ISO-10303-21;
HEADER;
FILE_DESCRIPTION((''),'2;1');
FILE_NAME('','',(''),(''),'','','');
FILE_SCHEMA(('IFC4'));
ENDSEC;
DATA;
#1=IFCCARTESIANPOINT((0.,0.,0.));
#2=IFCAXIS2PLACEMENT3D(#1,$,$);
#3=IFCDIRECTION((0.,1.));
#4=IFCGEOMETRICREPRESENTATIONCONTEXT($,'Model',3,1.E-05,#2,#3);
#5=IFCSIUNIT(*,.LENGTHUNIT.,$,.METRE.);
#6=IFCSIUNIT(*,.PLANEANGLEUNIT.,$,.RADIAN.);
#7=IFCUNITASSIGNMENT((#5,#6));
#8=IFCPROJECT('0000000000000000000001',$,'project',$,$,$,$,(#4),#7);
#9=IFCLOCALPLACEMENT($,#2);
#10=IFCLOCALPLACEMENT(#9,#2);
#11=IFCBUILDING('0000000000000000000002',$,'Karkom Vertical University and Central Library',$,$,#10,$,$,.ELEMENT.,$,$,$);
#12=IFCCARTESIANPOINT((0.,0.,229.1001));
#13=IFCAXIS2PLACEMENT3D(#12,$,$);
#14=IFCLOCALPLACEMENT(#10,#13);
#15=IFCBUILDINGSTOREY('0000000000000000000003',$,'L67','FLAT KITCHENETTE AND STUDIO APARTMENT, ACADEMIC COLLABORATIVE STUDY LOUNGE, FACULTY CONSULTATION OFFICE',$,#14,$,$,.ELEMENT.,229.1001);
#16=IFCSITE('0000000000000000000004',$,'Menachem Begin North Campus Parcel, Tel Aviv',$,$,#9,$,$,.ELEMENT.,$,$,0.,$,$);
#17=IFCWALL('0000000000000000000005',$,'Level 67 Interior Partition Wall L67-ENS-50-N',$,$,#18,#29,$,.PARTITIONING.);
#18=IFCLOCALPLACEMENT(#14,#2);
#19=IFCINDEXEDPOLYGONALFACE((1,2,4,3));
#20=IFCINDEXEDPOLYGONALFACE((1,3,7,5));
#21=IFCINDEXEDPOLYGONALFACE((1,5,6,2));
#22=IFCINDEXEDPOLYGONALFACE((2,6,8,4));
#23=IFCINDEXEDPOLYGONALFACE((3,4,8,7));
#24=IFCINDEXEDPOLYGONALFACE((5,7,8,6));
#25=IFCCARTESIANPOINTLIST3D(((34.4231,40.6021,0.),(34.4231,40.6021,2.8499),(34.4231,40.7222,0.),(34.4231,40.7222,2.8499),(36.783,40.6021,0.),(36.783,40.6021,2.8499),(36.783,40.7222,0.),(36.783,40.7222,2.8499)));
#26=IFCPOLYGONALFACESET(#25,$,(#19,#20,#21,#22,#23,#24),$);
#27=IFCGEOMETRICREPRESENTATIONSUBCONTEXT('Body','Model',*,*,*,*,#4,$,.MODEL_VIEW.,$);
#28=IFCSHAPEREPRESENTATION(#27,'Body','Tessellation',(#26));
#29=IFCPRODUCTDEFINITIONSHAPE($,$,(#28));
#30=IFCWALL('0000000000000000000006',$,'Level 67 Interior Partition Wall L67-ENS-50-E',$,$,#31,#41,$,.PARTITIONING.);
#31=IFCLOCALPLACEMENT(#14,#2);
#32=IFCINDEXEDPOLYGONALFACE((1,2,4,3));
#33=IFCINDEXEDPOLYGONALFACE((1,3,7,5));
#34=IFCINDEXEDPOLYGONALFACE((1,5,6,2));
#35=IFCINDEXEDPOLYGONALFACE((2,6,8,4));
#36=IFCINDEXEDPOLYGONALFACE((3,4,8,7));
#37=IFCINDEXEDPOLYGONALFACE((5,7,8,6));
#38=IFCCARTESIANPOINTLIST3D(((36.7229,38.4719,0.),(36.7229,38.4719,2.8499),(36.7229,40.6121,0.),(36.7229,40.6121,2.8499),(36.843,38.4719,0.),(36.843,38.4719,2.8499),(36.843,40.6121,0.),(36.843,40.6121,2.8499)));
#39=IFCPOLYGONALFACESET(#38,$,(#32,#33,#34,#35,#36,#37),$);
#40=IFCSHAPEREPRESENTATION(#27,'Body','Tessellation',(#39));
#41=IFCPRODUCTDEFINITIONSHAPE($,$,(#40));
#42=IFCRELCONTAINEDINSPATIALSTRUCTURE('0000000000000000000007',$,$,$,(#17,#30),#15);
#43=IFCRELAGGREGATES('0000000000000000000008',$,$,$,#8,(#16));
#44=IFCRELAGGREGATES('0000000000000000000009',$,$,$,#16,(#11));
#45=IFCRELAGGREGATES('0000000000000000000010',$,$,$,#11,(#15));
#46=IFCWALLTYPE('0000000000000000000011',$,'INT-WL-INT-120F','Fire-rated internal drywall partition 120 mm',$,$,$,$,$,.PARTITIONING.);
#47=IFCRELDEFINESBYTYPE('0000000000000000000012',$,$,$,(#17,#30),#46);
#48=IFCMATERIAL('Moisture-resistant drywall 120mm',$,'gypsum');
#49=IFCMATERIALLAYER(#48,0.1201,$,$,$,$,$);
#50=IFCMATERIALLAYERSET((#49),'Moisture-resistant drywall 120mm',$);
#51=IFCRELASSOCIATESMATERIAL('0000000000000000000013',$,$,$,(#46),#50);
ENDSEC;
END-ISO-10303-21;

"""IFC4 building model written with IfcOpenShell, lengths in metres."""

from ifc_helpers import new_model, si_unit, direction, frame, frame_2d, origin, place, context, subcontext, project, spatial, rectangle, extrude, material, layer, layer_set, type_object, element, save


model = new_model("IFC4")

# Units and contexts
model_context = context("Model", 3, precision=1e-05, world=origin(), true_north=direction((0.0, 1.0)))
body_context = subcontext(model_context, "Body", "Model", "MODEL_VIEW")
ifc_project = project(units=[si_unit("LENGTHUNIT", "METRE"), si_unit("PLANEANGLEUNIT", "RADIAN")], contexts=[model_context])

# Site, building, storey
site_placement = place(None, origin())
site = spatial("IfcSite", under=ifc_project, at=site_placement, Name="Menachem Begin North Campus Parcel, Tel Aviv", CompositionType="ELEMENT", RefElevation=0.0)
building_placement = place(site_placement, origin())
building = spatial("IfcBuilding", under=site, at=building_placement, Name="Karkom Vertical University and Central Library", CompositionType="ELEMENT")
storey_placement = place(building_placement, frame((0.0, 0.0, 229.1001)))
storey = spatial("IfcBuildingStorey", under=building, at=storey_placement, Name="L67", Description="FLAT KITCHENETTE AND STUDIO APARTMENT, ACADEMIC COLLABORATIVE STUDY LOUNGE, FACULTY CONSULTATION OFFICE", CompositionType="ELEMENT", Elevation=229.1001)

# Walls
ifc_material_1 = material(Name="Moisture-resistant drywall 120mm", Category="gypsum")
ifc_layer_1 = layer(ifc_material_1, 0.1201)
ifc_layer_set_1 = layer_set([ifc_layer_1], Name="Moisture-resistant drywall 120mm")
wall_type_1 = type_object("IfcWallType", Name="INT-WL-INT-120F", Description="Fire-rated internal drywall partition 120 mm", PredefinedType="PARTITIONING", material=ifc_layer_set_1)
wall_1_placement = place(storey_placement, frame((36.783, 40.6621, 0.0), z_axis=(0.0, 0.0, 1.0), x_axis=(-1.0, 0.0, 0.0)))
element("IfcWall", 1, at=wall_1_placement, inside=storey, type_object=wall_type_1, Name="Level 67 Interior Partition Wall L67-ENS-50-N", PredefinedType="PARTITIONING", context=body_context, shape_type="SweptSolid", body=[
    extrude(rectangle(XDim=2.3599, YDim=0.1201, at=frame_2d((1.1799, 0.0))), origin(), (0.0, 0.0, 1.0), 2.8499),
])
wall_2_placement = place(storey_placement, frame((36.783, 38.4719, 0.0), z_axis=(0.0, 0.0, 1.0), x_axis=(0.0, 1.0, 0.0)))
element("IfcWall", 2, at=wall_2_placement, inside=storey, type_object=wall_type_1, Name="Level 67 Interior Partition Wall L67-ENS-50-E", PredefinedType="PARTITIONING", context=body_context, shape_type="SweptSolid", body=[
    extrude(rectangle(XDim=2.1401, YDim=0.1201, at=frame_2d((1.0701, 0.0))), origin(), (0.0, 0.0, 1.0), 2.8499),
])

save(model, "model.ifc")
